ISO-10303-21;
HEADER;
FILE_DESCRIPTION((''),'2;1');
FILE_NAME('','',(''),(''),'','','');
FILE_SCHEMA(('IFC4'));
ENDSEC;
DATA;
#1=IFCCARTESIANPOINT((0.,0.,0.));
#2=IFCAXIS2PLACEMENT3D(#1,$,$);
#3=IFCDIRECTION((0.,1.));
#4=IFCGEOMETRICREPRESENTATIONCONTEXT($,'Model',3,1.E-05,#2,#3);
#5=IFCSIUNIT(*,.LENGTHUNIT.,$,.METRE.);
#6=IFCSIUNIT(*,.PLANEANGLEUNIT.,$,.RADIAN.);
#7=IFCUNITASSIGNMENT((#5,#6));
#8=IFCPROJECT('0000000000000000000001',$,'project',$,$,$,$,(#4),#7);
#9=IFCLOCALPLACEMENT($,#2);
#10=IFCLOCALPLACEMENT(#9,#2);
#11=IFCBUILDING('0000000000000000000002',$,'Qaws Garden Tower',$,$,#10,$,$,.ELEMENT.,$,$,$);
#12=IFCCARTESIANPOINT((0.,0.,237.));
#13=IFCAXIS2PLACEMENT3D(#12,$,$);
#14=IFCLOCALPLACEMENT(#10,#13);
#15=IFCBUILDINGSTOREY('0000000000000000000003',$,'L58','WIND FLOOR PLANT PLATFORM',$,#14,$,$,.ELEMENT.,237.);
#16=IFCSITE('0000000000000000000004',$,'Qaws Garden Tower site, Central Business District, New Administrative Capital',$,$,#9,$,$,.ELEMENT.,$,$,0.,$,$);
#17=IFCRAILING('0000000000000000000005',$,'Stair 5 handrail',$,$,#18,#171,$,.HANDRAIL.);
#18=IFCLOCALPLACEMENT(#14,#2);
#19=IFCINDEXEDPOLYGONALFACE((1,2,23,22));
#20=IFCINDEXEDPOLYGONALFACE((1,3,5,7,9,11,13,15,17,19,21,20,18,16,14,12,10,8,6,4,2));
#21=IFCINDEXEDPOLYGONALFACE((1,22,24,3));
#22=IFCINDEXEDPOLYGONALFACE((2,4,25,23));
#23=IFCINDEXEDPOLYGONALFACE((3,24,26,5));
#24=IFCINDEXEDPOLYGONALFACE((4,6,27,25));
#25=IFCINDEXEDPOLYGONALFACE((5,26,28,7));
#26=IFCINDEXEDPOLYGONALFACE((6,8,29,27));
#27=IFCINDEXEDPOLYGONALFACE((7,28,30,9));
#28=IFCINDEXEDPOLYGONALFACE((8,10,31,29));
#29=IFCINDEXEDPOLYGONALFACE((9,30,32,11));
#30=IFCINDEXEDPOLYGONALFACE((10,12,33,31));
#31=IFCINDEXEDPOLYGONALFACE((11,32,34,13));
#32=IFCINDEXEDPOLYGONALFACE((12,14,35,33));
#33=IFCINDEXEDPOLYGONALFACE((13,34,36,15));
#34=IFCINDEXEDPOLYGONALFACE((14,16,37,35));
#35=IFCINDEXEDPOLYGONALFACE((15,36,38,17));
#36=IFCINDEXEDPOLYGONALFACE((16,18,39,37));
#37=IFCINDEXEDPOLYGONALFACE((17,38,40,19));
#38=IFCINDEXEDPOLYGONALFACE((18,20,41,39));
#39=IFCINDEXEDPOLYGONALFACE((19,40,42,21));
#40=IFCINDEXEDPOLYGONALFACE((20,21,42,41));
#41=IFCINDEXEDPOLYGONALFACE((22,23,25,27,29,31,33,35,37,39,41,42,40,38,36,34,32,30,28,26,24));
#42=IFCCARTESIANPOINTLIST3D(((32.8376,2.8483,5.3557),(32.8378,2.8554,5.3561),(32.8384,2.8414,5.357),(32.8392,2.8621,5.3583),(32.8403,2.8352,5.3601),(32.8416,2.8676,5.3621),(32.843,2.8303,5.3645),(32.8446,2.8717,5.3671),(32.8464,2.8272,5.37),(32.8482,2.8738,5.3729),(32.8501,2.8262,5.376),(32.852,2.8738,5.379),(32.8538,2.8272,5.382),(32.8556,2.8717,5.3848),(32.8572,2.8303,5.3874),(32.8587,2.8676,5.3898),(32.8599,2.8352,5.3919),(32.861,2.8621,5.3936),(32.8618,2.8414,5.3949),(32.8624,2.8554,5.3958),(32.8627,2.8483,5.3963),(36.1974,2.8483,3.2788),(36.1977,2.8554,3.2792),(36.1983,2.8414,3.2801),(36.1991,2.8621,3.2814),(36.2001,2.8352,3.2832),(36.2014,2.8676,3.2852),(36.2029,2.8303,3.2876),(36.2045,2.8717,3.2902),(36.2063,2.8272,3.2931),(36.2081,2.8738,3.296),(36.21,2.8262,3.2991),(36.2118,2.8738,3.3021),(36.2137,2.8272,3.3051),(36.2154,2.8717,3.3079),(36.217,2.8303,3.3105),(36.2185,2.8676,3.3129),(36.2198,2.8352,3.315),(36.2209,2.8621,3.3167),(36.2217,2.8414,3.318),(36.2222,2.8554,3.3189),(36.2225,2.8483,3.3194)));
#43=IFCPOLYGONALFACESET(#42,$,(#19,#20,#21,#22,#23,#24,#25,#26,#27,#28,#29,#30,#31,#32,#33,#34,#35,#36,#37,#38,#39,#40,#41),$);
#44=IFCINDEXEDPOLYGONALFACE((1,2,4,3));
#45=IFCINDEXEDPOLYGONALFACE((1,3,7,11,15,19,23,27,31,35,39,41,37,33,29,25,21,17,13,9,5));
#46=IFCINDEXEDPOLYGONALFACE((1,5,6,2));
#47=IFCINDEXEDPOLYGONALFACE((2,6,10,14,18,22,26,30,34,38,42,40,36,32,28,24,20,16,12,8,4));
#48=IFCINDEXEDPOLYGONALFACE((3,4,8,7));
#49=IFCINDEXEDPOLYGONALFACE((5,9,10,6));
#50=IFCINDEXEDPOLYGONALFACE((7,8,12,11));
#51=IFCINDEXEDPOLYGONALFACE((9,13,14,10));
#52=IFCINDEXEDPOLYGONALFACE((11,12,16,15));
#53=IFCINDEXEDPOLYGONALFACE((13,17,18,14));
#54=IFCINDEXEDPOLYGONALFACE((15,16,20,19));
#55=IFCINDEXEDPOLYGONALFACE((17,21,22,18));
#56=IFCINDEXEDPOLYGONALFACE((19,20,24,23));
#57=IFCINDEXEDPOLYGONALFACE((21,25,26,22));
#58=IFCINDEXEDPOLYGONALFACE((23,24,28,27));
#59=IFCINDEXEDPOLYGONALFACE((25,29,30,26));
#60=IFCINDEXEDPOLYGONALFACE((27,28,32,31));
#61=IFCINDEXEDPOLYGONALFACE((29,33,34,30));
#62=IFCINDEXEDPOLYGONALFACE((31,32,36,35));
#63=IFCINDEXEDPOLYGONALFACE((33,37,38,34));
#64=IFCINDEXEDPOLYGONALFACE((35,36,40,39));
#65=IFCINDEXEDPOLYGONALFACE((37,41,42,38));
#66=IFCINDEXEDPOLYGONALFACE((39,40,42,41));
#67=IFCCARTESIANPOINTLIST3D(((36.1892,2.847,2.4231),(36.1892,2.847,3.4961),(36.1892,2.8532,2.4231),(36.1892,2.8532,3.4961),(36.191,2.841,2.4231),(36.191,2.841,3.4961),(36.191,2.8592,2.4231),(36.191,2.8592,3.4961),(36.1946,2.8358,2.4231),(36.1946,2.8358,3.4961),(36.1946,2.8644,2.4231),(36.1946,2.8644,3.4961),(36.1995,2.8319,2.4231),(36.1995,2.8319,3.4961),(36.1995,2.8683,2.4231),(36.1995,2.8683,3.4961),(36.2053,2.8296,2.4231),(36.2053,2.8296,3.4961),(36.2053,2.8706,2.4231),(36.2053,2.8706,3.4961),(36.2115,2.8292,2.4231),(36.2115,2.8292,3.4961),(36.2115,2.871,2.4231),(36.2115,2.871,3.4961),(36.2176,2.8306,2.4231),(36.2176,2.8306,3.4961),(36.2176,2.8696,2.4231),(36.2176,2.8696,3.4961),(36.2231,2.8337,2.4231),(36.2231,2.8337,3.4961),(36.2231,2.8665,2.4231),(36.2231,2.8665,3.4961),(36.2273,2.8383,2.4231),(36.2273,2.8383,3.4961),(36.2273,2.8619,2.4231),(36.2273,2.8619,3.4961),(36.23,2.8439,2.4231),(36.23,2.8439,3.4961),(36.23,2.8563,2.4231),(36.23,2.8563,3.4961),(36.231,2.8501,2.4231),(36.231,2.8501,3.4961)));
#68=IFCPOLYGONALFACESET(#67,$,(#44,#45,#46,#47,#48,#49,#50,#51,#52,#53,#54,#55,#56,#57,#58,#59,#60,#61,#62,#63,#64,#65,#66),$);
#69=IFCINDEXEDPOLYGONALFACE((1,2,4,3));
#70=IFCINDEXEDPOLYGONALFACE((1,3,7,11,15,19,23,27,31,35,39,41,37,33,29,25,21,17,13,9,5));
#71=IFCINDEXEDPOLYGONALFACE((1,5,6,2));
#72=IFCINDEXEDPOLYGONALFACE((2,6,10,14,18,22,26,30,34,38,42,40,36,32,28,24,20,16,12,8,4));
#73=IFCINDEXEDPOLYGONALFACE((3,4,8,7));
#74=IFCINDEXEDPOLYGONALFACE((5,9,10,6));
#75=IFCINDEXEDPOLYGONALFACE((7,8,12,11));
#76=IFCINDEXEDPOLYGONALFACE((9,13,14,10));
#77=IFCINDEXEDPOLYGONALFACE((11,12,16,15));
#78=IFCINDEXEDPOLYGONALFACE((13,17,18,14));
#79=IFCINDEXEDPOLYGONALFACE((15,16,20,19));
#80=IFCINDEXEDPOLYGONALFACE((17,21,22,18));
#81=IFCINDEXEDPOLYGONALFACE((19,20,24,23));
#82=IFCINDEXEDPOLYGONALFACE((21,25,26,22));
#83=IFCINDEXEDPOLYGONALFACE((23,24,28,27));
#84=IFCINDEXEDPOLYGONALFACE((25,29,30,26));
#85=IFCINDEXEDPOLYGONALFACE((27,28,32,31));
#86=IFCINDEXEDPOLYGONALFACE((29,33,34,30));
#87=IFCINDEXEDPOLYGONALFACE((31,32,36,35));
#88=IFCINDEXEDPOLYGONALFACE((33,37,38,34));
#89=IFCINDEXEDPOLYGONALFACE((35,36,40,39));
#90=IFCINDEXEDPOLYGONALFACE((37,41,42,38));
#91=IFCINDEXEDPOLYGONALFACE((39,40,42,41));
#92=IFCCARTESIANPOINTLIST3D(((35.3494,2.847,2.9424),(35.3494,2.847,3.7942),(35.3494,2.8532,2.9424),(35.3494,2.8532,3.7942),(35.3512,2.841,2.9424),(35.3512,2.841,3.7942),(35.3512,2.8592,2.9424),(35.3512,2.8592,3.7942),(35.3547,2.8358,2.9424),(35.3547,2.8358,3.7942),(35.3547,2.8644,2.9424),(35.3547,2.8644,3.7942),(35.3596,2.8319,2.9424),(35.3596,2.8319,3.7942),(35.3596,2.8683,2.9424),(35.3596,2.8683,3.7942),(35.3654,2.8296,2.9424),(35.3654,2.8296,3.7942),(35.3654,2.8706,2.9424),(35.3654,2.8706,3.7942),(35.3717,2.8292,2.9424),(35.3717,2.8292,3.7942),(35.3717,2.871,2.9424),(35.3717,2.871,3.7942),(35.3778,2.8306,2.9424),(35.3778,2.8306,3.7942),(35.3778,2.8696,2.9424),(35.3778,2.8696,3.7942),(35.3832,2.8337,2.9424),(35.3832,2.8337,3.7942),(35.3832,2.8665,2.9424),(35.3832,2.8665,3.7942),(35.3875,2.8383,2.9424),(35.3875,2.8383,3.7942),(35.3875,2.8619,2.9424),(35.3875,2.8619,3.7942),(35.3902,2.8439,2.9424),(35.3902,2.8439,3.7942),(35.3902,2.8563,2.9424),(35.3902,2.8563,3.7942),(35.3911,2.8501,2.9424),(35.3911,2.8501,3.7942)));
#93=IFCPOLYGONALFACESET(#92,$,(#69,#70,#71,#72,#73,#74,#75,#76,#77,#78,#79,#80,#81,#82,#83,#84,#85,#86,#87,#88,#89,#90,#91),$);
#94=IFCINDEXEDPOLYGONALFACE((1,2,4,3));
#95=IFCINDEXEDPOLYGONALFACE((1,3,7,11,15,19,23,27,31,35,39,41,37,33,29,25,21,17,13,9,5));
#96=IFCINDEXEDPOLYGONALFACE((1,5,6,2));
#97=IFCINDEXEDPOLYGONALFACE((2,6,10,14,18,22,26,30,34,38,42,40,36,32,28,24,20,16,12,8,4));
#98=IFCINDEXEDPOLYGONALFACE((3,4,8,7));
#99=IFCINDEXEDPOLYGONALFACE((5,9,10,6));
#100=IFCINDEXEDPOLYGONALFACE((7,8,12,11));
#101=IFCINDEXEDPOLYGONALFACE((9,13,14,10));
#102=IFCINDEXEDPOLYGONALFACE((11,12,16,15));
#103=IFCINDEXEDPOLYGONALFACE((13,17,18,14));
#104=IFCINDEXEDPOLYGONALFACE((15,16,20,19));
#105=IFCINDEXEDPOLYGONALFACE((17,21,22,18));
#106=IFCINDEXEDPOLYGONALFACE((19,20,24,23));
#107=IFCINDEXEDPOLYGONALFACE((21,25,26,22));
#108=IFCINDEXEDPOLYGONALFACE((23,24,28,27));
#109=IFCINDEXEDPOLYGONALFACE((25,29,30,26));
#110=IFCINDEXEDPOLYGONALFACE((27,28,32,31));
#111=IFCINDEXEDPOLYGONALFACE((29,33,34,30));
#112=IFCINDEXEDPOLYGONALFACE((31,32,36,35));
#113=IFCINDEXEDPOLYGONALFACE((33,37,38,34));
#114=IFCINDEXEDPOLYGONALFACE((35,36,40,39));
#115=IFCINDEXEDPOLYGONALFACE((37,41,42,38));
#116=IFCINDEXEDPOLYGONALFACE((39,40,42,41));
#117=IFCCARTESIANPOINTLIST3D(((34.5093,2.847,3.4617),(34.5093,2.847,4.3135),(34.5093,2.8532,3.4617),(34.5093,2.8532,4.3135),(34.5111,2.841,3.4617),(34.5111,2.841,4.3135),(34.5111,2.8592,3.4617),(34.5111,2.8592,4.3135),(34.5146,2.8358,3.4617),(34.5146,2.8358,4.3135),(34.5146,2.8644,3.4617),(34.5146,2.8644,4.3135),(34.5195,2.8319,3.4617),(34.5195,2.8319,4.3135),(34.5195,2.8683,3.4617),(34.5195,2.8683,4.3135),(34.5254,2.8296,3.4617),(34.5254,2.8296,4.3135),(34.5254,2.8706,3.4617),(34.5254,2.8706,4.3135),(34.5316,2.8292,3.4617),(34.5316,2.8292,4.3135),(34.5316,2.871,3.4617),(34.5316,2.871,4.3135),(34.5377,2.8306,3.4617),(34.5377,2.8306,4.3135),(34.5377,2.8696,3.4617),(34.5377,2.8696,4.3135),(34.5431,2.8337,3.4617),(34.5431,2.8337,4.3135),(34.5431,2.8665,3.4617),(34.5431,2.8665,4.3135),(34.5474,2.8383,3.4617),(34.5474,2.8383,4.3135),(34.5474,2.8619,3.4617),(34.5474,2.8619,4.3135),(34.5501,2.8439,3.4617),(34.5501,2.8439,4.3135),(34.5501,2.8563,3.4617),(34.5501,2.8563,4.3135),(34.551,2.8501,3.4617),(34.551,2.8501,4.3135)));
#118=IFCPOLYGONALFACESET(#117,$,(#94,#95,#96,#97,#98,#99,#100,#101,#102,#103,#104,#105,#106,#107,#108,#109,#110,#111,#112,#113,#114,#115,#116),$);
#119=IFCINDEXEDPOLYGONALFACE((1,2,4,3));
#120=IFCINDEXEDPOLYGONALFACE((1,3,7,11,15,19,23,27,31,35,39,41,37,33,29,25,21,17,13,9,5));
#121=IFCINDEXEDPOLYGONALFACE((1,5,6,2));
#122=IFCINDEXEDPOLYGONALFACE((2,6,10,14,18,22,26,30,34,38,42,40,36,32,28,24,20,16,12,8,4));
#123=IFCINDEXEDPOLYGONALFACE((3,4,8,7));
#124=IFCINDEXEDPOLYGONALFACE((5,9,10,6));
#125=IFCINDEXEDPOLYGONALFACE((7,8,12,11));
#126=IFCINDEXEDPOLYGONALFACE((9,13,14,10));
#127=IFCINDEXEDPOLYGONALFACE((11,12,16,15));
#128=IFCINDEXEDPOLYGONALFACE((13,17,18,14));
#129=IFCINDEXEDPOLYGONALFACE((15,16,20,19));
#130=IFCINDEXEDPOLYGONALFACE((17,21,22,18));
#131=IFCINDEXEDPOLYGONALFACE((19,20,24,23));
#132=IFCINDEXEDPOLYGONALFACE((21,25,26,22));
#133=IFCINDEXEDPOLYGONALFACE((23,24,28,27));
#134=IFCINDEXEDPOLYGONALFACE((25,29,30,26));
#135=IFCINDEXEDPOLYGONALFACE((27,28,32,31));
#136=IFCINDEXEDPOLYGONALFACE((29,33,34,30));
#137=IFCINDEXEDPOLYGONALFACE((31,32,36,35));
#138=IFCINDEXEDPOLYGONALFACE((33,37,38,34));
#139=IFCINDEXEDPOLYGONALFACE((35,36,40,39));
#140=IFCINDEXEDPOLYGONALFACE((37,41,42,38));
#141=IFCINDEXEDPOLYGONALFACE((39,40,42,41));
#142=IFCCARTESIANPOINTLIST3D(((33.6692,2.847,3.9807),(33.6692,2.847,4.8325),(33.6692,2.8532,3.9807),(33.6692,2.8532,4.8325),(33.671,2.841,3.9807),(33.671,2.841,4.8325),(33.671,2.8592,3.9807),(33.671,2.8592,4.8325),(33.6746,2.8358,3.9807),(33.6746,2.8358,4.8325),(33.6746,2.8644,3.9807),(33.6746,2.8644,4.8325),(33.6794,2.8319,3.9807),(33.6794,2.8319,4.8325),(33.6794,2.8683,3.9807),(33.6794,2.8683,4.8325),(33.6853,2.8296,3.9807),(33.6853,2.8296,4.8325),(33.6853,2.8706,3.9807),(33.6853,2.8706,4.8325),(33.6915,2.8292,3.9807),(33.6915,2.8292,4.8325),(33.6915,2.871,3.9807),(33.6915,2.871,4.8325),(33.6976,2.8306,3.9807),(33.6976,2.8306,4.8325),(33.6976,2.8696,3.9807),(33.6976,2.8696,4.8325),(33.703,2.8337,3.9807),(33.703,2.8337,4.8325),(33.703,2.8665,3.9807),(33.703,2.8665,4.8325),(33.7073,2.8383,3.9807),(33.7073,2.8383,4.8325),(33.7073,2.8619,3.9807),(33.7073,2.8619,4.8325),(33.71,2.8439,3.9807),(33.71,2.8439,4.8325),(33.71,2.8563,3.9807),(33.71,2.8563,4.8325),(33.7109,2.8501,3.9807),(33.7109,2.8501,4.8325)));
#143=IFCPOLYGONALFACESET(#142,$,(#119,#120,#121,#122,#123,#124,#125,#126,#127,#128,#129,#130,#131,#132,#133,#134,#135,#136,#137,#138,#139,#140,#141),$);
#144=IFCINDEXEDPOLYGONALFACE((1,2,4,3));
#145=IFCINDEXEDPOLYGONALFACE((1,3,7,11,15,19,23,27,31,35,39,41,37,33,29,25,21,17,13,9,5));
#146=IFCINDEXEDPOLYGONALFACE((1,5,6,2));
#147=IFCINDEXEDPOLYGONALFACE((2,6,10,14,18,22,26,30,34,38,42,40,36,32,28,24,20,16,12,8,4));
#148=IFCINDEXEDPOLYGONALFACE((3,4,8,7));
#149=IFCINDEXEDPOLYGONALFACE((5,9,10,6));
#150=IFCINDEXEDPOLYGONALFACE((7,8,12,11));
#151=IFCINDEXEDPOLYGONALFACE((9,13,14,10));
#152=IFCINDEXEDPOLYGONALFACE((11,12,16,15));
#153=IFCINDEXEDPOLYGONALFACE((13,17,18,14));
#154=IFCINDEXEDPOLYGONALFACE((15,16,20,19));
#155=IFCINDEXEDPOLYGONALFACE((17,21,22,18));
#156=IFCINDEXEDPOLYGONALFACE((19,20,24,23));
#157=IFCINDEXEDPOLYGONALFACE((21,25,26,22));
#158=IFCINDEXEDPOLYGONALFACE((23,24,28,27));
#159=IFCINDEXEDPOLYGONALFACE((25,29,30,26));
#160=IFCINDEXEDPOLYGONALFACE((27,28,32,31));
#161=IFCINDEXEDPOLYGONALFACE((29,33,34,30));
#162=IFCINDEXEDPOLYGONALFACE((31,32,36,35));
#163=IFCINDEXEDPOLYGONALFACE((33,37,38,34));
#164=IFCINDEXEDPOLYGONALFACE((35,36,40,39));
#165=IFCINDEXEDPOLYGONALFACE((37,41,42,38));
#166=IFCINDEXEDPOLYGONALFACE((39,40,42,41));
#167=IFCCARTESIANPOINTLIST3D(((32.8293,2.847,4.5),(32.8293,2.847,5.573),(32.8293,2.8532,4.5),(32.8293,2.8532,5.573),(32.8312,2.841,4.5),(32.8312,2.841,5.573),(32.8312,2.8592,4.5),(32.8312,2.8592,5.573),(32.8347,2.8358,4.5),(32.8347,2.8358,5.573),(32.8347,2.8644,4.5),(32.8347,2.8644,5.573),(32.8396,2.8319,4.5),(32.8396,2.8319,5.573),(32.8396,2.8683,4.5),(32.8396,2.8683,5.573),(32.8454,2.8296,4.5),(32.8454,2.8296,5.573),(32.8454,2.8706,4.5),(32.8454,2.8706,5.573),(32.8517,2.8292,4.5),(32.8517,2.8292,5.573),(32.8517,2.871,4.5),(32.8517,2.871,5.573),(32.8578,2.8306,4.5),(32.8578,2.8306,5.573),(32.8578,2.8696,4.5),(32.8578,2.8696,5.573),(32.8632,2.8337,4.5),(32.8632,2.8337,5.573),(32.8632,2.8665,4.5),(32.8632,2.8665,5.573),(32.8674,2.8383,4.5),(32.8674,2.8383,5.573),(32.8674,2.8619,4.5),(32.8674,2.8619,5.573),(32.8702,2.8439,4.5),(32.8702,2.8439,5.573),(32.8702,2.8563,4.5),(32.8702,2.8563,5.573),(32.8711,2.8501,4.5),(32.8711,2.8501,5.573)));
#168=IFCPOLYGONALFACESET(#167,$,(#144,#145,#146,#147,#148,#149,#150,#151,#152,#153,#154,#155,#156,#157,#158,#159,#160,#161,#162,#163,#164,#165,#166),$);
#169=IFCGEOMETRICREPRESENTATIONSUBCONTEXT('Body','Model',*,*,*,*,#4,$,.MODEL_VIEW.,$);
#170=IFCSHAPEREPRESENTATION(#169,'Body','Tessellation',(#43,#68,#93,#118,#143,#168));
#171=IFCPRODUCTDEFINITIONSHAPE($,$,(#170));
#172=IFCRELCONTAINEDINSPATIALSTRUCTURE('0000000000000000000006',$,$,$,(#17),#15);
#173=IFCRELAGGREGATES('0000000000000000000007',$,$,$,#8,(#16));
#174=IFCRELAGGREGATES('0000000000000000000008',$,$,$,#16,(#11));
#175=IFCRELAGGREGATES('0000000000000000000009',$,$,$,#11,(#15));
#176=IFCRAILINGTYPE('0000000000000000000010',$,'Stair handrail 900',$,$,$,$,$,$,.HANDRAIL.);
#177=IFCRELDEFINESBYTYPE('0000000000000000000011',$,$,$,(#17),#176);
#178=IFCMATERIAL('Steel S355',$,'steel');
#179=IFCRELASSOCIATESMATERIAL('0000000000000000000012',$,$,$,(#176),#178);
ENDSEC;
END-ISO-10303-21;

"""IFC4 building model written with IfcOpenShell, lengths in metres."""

from ifc_helpers import new_model, si_unit, direction, frame, origin, origin_2d, place, context, subcontext, project, spatial, circle, extrude, material, type_object, element, save


model = new_model("IFC4")

# Units and contexts
model_context = context("Model", 3, precision=1e-05, world=origin(), true_north=direction((0.0, 1.0)))
body_context = subcontext(model_context, "Body", "Model", "MODEL_VIEW")
ifc_project = project(units=[si_unit("LENGTHUNIT", "METRE"), si_unit("PLANEANGLEUNIT", "RADIAN")], contexts=[model_context])

# Site, building, storey
site_placement = place(None, origin())
site = spatial("IfcSite", under=ifc_project, at=site_placement, Name="Qaws Garden Tower site, Central Business District, New Administrative Capital", CompositionType="ELEMENT", RefElevation=0.0)
building_placement = place(site_placement, origin())
building = spatial("IfcBuilding", under=site, at=building_placement, Name="Qaws Garden Tower", CompositionType="ELEMENT")
storey_placement = place(building_placement, frame((0.0, 0.0, 237.0)))
storey = spatial("IfcBuildingStorey", under=building, at=storey_placement, Name="L58", Description="WIND FLOOR PLANT PLATFORM", CompositionType="ELEMENT", Elevation=237.0)

# Railing
ifc_material_1 = material(Name="Steel S355", Category="steel")
railing_type_1 = type_object("IfcRailingType", Name="Stair handrail 900", PredefinedType="HANDRAIL", material=ifc_material_1)
railing_1_placement = place(storey_placement, frame((36.21, 2.8501, 2.4231)))
element("IfcRailing", 1, at=railing_1_placement, inside=storey, type_object=railing_type_1, Name="Stair 5 handrail", PredefinedType="HANDRAIL", context=body_context, shape_type="SweptSolid", body=[
    extrude(circle(Radius=0.0239, at=origin_2d()), frame((0.0, 0.0, 0.876), z_axis=(-0.850606, 0.0, 0.525803), x_axis=(0.0, -1.0, 0.0)), (0.0, 0.0, 1.0), 3.95),
    extrude(circle(Radius=0.021, at=origin_2d()), origin(), (0.0, 0.0, 1.0), 1.073),
    extrude(circle(Radius=0.021, at=origin_2d()), frame((-0.8398, 0.0, 0.5193)), (0.0, 0.0, 1.0), 0.8518),
    extrude(circle(Radius=0.021, at=origin_2d()), frame((-1.6799, 0.0, 1.0386)), (0.0, 0.0, 1.0), 0.8518),
    extrude(circle(Radius=0.021, at=origin_2d()), frame((-2.52, 0.0, 1.5576)), (0.0, 0.0, 1.0), 0.8518),
    extrude(circle(Radius=0.021, at=origin_2d()), frame((-3.3599, 0.0, 2.0769)), (0.0, 0.0, 1.0), 1.073),
])

save(model, "model.ifc")
